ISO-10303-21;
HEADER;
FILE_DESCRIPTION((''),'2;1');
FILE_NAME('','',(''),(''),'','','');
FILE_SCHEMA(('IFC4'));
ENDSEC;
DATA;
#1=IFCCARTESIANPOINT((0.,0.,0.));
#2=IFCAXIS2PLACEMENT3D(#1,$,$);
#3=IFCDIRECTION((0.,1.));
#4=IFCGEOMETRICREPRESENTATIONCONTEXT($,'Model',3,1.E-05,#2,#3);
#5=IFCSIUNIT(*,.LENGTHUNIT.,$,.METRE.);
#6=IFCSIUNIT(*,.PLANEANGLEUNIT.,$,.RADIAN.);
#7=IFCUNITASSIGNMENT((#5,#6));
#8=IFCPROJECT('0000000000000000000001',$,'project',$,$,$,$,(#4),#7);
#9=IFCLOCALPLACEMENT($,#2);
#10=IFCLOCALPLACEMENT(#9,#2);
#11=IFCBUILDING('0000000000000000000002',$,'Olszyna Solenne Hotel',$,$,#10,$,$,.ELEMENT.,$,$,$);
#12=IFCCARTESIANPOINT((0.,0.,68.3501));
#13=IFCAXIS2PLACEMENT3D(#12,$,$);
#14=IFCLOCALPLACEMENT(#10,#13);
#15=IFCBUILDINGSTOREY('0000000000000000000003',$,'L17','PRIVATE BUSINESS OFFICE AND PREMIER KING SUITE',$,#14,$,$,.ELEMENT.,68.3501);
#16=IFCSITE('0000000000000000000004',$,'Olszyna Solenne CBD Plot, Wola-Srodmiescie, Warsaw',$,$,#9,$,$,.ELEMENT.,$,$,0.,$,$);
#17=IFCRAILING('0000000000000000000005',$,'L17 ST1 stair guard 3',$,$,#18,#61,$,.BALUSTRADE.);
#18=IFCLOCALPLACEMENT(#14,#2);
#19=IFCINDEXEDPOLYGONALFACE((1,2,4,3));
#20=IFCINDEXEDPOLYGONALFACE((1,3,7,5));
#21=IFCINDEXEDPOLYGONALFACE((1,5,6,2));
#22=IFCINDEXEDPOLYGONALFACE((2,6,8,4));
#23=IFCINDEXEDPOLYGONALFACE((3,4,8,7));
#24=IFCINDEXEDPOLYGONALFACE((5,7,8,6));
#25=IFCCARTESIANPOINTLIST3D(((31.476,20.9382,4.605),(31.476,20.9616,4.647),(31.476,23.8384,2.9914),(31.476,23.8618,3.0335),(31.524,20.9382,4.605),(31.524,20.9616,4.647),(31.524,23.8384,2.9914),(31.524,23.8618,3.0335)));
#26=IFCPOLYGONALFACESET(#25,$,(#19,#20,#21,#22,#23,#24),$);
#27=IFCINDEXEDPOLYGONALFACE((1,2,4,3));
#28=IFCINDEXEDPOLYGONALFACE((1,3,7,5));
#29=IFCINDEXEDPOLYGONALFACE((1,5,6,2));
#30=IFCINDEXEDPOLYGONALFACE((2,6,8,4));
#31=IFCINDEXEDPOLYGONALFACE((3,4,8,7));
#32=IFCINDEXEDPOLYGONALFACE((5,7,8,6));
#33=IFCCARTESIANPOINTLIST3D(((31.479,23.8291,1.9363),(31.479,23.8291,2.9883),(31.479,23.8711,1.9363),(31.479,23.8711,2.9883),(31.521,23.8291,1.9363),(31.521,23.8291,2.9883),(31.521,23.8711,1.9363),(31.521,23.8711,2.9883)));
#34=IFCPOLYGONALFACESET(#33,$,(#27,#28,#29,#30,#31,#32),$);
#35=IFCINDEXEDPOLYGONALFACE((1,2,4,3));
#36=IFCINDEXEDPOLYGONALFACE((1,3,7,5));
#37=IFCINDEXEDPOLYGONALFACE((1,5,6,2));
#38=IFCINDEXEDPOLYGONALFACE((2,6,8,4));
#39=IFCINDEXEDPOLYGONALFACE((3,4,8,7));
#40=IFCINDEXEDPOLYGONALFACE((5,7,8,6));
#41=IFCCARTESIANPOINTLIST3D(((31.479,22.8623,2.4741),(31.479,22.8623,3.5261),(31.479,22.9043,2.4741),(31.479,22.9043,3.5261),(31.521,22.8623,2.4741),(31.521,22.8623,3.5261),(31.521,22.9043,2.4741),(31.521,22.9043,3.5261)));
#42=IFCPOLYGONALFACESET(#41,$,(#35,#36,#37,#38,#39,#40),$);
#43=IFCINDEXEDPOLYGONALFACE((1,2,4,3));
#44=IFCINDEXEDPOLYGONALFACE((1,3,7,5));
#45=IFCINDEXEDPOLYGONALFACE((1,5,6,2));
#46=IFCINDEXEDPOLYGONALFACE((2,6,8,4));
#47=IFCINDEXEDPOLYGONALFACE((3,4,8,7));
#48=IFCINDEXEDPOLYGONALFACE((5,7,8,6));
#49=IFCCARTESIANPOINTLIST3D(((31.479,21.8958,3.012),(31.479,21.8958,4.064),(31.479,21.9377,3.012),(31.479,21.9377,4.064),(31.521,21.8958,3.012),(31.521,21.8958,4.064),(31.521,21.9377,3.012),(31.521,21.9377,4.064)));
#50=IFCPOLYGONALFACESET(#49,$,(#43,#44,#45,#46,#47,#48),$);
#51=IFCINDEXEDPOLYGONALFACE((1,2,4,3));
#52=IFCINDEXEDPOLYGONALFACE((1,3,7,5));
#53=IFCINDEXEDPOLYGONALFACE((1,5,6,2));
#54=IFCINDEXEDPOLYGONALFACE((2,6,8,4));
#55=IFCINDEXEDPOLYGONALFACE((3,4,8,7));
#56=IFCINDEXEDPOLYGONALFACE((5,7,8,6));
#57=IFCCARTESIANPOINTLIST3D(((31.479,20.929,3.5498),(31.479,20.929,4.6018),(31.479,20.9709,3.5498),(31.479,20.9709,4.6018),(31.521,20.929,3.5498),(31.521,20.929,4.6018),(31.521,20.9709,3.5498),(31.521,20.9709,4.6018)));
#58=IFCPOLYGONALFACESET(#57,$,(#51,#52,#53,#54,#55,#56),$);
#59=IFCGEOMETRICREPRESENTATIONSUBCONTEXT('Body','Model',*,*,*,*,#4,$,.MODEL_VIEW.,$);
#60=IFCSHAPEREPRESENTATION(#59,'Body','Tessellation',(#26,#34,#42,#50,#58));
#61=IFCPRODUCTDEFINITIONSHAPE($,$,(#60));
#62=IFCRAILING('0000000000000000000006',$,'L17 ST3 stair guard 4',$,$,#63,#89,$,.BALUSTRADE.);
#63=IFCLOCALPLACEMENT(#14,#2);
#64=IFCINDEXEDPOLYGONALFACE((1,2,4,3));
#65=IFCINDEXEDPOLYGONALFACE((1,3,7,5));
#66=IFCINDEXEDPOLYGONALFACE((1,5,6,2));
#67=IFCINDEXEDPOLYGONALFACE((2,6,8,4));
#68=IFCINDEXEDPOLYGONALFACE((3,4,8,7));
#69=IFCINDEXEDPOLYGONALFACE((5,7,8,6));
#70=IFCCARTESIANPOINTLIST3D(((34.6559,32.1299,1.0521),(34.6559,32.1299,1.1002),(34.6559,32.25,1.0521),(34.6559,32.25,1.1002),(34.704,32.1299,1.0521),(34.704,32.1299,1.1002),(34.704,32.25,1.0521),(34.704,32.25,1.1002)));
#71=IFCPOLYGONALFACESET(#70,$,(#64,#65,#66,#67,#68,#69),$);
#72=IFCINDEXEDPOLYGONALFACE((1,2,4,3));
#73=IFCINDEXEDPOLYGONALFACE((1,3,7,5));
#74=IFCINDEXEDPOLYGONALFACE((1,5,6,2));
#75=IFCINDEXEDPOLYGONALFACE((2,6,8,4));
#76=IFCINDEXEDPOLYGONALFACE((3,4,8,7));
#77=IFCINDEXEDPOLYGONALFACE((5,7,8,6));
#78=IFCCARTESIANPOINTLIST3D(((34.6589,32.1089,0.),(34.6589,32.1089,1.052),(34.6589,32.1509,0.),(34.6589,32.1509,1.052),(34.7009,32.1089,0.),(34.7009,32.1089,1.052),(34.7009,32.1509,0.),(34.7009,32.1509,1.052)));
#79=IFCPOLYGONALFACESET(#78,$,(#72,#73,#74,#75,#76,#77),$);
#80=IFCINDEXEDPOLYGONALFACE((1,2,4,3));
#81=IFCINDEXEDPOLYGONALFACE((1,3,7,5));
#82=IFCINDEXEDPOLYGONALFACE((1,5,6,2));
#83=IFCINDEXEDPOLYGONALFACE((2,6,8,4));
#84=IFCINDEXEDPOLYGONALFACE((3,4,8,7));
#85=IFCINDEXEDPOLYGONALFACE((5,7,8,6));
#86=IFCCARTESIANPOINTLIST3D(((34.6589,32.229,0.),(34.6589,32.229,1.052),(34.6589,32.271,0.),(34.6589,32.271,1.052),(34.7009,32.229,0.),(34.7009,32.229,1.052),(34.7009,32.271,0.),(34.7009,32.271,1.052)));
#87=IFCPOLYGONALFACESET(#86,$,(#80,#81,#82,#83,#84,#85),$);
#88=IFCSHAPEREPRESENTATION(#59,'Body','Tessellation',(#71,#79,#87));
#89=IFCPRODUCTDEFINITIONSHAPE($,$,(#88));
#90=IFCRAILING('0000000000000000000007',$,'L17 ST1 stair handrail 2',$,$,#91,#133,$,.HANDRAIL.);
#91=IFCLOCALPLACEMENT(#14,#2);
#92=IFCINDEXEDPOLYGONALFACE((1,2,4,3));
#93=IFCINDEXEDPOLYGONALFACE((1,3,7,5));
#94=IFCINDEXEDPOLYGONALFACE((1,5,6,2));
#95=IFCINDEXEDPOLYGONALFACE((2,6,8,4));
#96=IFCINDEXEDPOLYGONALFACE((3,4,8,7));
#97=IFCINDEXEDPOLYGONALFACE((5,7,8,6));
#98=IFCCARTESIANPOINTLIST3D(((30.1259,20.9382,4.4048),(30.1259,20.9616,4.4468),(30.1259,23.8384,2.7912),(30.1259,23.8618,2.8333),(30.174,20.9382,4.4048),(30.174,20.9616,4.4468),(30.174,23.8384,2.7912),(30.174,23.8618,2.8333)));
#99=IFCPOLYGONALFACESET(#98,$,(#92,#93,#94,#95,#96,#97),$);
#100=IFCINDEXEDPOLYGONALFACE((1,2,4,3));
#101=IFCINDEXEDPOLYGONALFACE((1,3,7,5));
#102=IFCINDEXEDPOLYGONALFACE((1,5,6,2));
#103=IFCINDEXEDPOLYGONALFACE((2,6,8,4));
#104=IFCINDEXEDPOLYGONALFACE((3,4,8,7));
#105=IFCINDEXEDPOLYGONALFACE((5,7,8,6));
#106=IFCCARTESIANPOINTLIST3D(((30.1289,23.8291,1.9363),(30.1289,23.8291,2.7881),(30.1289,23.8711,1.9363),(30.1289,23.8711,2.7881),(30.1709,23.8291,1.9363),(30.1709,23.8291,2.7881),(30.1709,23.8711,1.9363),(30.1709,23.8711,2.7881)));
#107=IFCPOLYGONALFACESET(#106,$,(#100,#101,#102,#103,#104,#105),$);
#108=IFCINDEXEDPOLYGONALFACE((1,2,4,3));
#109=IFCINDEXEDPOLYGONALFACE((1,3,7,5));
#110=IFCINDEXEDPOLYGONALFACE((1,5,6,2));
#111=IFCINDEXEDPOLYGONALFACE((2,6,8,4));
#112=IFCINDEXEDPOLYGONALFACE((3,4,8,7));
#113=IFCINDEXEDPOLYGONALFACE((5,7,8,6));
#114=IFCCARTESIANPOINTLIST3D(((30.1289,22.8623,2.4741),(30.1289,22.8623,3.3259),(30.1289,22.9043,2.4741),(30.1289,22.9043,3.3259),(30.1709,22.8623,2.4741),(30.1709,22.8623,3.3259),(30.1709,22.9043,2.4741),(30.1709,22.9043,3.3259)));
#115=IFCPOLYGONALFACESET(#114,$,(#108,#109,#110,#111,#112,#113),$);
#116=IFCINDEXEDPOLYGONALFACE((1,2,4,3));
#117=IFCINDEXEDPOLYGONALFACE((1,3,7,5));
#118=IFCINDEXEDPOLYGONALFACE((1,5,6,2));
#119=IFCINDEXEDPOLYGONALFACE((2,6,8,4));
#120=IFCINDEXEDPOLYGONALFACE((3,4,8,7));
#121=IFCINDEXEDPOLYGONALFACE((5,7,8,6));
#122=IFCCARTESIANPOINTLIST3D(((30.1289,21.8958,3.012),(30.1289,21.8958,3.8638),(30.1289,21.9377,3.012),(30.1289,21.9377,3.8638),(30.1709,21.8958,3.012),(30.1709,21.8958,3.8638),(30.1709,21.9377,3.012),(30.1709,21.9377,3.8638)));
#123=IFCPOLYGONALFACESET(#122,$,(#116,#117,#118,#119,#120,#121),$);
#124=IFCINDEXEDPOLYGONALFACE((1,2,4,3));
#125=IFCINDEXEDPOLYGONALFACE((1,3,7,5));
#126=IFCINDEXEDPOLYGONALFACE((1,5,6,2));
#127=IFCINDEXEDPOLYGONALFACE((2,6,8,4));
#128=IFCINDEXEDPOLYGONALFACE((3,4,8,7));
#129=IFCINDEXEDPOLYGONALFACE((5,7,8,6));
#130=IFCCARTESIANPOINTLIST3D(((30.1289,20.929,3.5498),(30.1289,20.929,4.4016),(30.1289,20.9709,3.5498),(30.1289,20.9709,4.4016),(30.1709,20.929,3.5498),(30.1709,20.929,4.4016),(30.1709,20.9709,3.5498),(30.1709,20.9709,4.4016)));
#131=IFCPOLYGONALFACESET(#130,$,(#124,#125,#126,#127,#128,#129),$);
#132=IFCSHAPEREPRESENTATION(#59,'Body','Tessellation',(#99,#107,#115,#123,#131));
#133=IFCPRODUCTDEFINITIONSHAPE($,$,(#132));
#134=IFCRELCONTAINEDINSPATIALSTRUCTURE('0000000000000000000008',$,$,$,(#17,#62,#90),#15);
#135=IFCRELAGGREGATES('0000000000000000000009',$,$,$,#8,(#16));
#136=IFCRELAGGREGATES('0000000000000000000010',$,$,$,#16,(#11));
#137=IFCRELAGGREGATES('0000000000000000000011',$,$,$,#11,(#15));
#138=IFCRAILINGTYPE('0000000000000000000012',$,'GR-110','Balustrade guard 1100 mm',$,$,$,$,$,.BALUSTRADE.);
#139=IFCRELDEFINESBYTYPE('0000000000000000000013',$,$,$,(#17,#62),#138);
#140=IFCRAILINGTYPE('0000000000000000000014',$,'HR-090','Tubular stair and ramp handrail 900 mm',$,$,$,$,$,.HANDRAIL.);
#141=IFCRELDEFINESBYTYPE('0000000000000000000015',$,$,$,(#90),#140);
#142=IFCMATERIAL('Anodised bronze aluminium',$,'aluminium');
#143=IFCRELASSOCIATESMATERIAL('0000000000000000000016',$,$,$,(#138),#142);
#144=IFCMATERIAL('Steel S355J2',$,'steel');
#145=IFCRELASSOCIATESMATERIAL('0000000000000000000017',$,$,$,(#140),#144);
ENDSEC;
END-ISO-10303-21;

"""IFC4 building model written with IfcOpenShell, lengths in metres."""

from ifc_helpers import new_model, si_unit, direction, frame, origin, origin_2d, place, context, subcontext, project, spatial, rectangle, extrude, material, type_object, element, save


model = new_model("IFC4")

# Units and contexts
model_context = context("Model", 3, precision=1e-05, world=origin(), true_north=direction((0.0, 1.0)))
body_context = subcontext(model_context, "Body", "Model", "MODEL_VIEW")
ifc_project = project(units=[si_unit("LENGTHUNIT", "METRE"), si_unit("PLANEANGLEUNIT", "RADIAN")], contexts=[model_context])

# Site, building, storey
site_placement = place(None, origin())
site = spatial("IfcSite", under=ifc_project, at=site_placement, Name="Olszyna Solenne CBD Plot, Wola-Srodmiescie, Warsaw", CompositionType="ELEMENT", RefElevation=0.0)
building_placement = place(site_placement, origin())
building = spatial("IfcBuilding", under=site, at=building_placement, Name="Olszyna Solenne Hotel", CompositionType="ELEMENT")
storey_placement = place(building_placement, frame((0.0, 0.0, 68.3501)))
storey = spatial("IfcBuildingStorey", under=building, at=storey_placement, Name="L17", Description="PRIVATE BUSINESS OFFICE AND PREMIER KING SUITE", CompositionType="ELEMENT", Elevation=68.3501)

# Shared definitions
ifc_material_1 = material(Name="Steel S355J2", Category="steel")

# Railings
ifc_material_2 = material(Name="Anodised bronze aluminium", Category="aluminium")
railing_type_1 = type_object("IfcRailingType", Name="GR-110", Description="Balustrade guard 1100 mm", PredefinedType="BALUSTRADE", material=ifc_material_2)
railing_1_placement = place(storey_placement, frame((31.5, 23.8501, 1.9363)))
element("IfcRailing", 1, at=railing_1_placement, inside=storey, type_object=railing_type_1, Name="L17 ST1 stair guard 3", PredefinedType="BALUSTRADE", context=body_context, shape_type="SweptSolid", body=[
    extrude(rectangle(XDim=0.0481, YDim=0.0481, at=origin_2d()), frame((0.0, 0.0, 1.0762), z_axis=(0.0, -0.873859, 0.48618), x_axis=(1.0, 0.0, 0.0)), (0.0, 0.0, 1.0), 3.3188),
    extrude(rectangle(XDim=0.042, YDim=0.042, at=origin_2d()), origin(), (0.0, 0.0, 1.0), 1.052),
    extrude(rectangle(XDim=0.042, YDim=0.042, at=origin_2d()), frame((0.0, -0.9668, 0.5378)), (0.0, 0.0, 1.0), 1.052),
    extrude(rectangle(XDim=0.042, YDim=0.042, at=origin_2d()), frame((0.0, -1.9333, 1.0757)), (0.0, 0.0, 1.0), 1.052),
    extrude(rectangle(XDim=0.042, YDim=0.042, at=origin_2d()), frame((0.0, -2.9001, 1.6135)), (0.0, 0.0, 1.0), 1.052),
])
railing_2_placement = place(storey_placement, frame((34.6799, 32.1299, 0.0)))
element("IfcRailing", 2, at=railing_2_placement, inside=storey, type_object=railing_type_1, Name="L17 ST3 stair guard 4", PredefinedType="BALUSTRADE", context=body_context, shape_type="SweptSolid", body=[
    extrude(rectangle(XDim=0.0481, YDim=0.0481, at=origin_2d()), frame((0.0, 0.0, 1.0762), z_axis=(0.0, 1.0, 0.0), x_axis=(-1.0, 0.0, 0.0)), (0.0, 0.0, 1.0), 0.1201),
    extrude(rectangle(XDim=0.042, YDim=0.042, at=origin_2d()), origin(), (0.0, 0.0, 1.0), 1.052),
    extrude(rectangle(XDim=0.042, YDim=0.042, at=origin_2d()), frame((0.0, 0.1201, 0.0)), (0.0, 0.0, 1.0), 1.052),
])
railing_type_2 = type_object("IfcRailingType", Name="HR-090", Description="Tubular stair and ramp handrail 900 mm", PredefinedType="HANDRAIL", material=ifc_material_1)
railing_3_placement = place(storey_placement, frame((30.1499, 23.8501, 1.9363)))
element("IfcRailing", 3, at=railing_3_placement, inside=storey, type_object=railing_type_2, Name="L17 ST1 stair handrail 2", PredefinedType="HANDRAIL", context=body_context, shape_type="SweptSolid", body=[
    extrude(rectangle(XDim=0.0481, YDim=0.0481, at=origin_2d()), frame((0.0, 0.0, 0.876), z_axis=(0.0, -0.873859, 0.48618), x_axis=(1.0, 0.0, 0.0)), (0.0, 0.0, 1.0), 3.3188),
    extrude(rectangle(XDim=0.042, YDim=0.042, at=origin_2d()), origin(), (0.0, 0.0, 1.0), 0.8518),
    extrude(rectangle(XDim=0.042, YDim=0.042, at=origin_2d()), frame((0.0, -0.9668, 0.5378)), (0.0, 0.0, 1.0), 0.8518),
    extrude(rectangle(XDim=0.042, YDim=0.042, at=origin_2d()), frame((0.0, -1.9333, 1.0757)), (0.0, 0.0, 1.0), 0.8518),
    extrude(rectangle(XDim=0.042, YDim=0.042, at=origin_2d()), frame((0.0, -2.9001, 1.6135)), (0.0, 0.0, 1.0), 0.8518),
])

save(model, "model.ifc")
